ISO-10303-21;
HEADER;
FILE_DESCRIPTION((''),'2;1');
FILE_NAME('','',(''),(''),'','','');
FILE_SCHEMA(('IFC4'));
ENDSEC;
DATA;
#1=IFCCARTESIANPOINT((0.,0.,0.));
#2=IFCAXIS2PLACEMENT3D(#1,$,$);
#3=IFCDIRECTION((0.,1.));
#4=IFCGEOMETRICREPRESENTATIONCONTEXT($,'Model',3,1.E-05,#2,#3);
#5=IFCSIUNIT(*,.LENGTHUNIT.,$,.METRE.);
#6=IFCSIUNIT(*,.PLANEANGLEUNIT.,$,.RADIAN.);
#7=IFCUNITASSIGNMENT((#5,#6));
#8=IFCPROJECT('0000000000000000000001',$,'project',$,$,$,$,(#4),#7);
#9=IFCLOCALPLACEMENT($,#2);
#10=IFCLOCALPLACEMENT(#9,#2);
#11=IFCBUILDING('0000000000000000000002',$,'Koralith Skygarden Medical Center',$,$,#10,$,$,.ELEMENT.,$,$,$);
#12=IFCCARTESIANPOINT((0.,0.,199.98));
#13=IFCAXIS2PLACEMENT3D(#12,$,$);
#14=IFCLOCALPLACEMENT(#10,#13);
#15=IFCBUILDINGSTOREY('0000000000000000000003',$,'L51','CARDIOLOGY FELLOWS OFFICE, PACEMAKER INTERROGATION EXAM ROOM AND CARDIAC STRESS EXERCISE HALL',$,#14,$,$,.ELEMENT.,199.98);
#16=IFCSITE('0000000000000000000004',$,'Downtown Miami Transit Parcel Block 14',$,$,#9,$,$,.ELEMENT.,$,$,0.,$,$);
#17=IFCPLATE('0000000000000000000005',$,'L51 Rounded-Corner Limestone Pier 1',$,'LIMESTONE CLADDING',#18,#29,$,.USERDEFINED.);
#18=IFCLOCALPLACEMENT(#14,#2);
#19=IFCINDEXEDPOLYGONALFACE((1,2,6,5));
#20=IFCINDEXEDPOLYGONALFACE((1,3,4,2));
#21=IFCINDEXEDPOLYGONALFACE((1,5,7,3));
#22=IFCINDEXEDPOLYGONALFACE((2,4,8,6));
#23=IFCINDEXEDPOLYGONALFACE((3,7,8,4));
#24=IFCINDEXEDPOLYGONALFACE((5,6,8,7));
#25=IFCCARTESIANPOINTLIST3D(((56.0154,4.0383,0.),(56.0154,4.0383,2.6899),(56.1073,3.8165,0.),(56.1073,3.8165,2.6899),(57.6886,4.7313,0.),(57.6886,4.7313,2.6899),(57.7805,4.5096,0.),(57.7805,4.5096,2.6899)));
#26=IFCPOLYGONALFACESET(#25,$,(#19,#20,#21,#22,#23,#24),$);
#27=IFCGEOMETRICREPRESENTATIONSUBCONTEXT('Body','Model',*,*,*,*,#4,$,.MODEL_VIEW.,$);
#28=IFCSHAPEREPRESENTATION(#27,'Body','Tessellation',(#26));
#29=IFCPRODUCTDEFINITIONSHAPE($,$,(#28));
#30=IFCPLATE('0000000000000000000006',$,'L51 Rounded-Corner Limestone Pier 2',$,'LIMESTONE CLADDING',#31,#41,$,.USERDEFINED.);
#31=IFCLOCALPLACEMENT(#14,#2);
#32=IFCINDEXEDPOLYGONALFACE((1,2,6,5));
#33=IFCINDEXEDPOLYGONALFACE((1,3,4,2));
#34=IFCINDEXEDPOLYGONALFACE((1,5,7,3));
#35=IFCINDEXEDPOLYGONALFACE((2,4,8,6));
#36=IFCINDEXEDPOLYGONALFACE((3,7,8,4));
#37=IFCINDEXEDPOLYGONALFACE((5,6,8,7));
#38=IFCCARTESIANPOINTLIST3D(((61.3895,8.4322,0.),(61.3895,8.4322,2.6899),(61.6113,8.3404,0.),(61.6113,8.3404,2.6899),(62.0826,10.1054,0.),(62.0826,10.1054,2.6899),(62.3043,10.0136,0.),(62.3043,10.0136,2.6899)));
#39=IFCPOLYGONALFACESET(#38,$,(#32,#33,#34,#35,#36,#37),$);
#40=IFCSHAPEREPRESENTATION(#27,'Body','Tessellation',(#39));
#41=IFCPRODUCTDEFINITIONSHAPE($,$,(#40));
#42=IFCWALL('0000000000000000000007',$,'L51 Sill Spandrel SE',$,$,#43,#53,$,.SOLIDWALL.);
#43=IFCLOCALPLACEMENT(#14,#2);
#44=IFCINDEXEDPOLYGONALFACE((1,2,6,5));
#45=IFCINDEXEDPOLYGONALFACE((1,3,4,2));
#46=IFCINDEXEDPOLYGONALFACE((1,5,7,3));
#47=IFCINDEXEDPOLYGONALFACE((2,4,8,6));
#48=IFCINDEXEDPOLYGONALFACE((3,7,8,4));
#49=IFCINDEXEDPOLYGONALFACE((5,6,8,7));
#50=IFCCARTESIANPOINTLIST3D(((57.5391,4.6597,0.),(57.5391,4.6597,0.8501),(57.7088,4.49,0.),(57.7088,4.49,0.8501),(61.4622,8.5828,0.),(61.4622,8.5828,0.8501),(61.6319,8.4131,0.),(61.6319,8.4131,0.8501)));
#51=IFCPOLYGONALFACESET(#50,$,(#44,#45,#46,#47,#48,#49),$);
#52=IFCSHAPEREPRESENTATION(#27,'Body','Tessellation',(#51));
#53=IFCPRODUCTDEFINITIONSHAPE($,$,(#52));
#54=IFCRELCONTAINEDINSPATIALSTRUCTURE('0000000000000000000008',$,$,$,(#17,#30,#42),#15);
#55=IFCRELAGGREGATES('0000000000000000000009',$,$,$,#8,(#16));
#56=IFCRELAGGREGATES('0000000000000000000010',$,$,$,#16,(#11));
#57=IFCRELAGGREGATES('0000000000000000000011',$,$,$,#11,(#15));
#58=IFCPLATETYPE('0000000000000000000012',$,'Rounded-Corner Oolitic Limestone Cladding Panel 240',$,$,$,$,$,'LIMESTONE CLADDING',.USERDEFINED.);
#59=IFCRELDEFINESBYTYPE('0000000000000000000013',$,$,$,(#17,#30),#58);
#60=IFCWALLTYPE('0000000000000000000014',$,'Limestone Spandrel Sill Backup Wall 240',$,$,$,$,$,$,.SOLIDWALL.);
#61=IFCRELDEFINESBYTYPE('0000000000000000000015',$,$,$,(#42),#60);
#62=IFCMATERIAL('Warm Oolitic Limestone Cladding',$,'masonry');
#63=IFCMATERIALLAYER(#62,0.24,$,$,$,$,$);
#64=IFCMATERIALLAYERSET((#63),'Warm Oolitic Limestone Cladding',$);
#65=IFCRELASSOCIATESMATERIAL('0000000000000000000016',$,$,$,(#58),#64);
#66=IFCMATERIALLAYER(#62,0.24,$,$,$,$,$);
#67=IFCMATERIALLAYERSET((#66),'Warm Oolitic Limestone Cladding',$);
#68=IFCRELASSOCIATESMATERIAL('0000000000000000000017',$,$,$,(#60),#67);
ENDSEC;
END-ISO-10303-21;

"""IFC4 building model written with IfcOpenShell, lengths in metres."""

from ifc_helpers import new_model, si_unit, direction, frame, frame_2d, origin, origin_2d, place, context, subcontext, project, spatial, rectangle, extrude, material, layer, layer_set, type_object, element, save


model = new_model("IFC4")

# Units and contexts
model_context = context("Model", 3, precision=1e-05, world=origin(), true_north=direction((0.0, 1.0)))
body_context = subcontext(model_context, "Body", "Model", "MODEL_VIEW")
ifc_project = project(units=[si_unit("LENGTHUNIT", "METRE"), si_unit("PLANEANGLEUNIT", "RADIAN")], contexts=[model_context])

# Site, building, storey
site_placement = place(None, origin())
site = spatial("IfcSite", under=ifc_project, at=site_placement, Name="Downtown Miami Transit Parcel Block 14", CompositionType="ELEMENT", RefElevation=0.0)
building_placement = place(site_placement, origin())
building = spatial("IfcBuilding", under=site, at=building_placement, Name="Koralith Skygarden Medical Center", CompositionType="ELEMENT")
storey_placement = place(building_placement, frame((0.0, 0.0, 199.98)))
storey = spatial("IfcBuildingStorey", under=building, at=storey_placement, Name="L51", Description="CARDIOLOGY FELLOWS OFFICE, PACEMAKER INTERROGATION EXAM ROOM AND CARDIAC STRESS EXERCISE HALL", CompositionType="ELEMENT", Elevation=199.98)

# Plates
ifc_material_1 = material(Name="Warm Oolitic Limestone Cladding", Category="masonry")
ifc_layer_1 = layer(ifc_material_1, 0.24)
ifc_layer_set_1 = layer_set([ifc_layer_1], Name="Warm Oolitic Limestone Cladding")
plate_type_1 = type_object("IfcPlateType", Name="Rounded-Corner Oolitic Limestone Cladding Panel 240", ElementType="LIMESTONE CLADDING", PredefinedType="USERDEFINED", material=ifc_layer_set_1)
for number, where, z_axis, x_axis, name in (
    (1, (56.8979, 4.2739, 0.0), (0.0, 0.0, 1.0), (0.923885, 0.382671, 0.0), "L51 Rounded-Corner Limestone Pier 1"),
    (2, (61.8469, 9.2229, 0.0), (0.0, 0.0, 1.0), (0.382671, 0.923885, 0.0), "L51 Rounded-Corner Limestone Pier 2"),
):
    element("IfcPlate", number, at=place(storey_placement, frame(where, z_axis=z_axis, x_axis=x_axis)), inside=storey, type_object=plate_type_1, Name=name, ObjectType="LIMESTONE CLADDING", PredefinedType="USERDEFINED", context=body_context, shape_type="SweptSolid", body=[
        extrude(rectangle(XDim=1.811, YDim=0.24, at=origin_2d()), origin(), (0.0, 0.0, 1.0), 2.6899),
    ])

# Wall
ifc_layer_2 = layer(ifc_material_1, 0.24)
ifc_layer_set_2 = layer_set([ifc_layer_2], Name="Warm Oolitic Limestone Cladding")
wall_type = type_object("IfcWallType", Name="Limestone Spandrel Sill Backup Wall 240", PredefinedType="SOLIDWALL", material=ifc_layer_set_2)
wall_placement = place(storey_placement, frame((57.624, 4.575, 0.0), z_axis=(0.0, 0.0, 1.0), x_axis=(0.707107, 0.707107, 0.0)))
element("IfcWall", 3, at=wall_placement, inside=storey, type_object=wall_type, Name="L51 Sill Spandrel SE", PredefinedType="SOLIDWALL", context=body_context, shape_type="SweptSolid", body=[
    extrude(rectangle(XDim=5.5481, YDim=0.24, at=frame_2d((2.7739, 0.0))), origin(), (0.0, 0.0, 1.0), 0.8501),
])

save(model, "model.ifc")
